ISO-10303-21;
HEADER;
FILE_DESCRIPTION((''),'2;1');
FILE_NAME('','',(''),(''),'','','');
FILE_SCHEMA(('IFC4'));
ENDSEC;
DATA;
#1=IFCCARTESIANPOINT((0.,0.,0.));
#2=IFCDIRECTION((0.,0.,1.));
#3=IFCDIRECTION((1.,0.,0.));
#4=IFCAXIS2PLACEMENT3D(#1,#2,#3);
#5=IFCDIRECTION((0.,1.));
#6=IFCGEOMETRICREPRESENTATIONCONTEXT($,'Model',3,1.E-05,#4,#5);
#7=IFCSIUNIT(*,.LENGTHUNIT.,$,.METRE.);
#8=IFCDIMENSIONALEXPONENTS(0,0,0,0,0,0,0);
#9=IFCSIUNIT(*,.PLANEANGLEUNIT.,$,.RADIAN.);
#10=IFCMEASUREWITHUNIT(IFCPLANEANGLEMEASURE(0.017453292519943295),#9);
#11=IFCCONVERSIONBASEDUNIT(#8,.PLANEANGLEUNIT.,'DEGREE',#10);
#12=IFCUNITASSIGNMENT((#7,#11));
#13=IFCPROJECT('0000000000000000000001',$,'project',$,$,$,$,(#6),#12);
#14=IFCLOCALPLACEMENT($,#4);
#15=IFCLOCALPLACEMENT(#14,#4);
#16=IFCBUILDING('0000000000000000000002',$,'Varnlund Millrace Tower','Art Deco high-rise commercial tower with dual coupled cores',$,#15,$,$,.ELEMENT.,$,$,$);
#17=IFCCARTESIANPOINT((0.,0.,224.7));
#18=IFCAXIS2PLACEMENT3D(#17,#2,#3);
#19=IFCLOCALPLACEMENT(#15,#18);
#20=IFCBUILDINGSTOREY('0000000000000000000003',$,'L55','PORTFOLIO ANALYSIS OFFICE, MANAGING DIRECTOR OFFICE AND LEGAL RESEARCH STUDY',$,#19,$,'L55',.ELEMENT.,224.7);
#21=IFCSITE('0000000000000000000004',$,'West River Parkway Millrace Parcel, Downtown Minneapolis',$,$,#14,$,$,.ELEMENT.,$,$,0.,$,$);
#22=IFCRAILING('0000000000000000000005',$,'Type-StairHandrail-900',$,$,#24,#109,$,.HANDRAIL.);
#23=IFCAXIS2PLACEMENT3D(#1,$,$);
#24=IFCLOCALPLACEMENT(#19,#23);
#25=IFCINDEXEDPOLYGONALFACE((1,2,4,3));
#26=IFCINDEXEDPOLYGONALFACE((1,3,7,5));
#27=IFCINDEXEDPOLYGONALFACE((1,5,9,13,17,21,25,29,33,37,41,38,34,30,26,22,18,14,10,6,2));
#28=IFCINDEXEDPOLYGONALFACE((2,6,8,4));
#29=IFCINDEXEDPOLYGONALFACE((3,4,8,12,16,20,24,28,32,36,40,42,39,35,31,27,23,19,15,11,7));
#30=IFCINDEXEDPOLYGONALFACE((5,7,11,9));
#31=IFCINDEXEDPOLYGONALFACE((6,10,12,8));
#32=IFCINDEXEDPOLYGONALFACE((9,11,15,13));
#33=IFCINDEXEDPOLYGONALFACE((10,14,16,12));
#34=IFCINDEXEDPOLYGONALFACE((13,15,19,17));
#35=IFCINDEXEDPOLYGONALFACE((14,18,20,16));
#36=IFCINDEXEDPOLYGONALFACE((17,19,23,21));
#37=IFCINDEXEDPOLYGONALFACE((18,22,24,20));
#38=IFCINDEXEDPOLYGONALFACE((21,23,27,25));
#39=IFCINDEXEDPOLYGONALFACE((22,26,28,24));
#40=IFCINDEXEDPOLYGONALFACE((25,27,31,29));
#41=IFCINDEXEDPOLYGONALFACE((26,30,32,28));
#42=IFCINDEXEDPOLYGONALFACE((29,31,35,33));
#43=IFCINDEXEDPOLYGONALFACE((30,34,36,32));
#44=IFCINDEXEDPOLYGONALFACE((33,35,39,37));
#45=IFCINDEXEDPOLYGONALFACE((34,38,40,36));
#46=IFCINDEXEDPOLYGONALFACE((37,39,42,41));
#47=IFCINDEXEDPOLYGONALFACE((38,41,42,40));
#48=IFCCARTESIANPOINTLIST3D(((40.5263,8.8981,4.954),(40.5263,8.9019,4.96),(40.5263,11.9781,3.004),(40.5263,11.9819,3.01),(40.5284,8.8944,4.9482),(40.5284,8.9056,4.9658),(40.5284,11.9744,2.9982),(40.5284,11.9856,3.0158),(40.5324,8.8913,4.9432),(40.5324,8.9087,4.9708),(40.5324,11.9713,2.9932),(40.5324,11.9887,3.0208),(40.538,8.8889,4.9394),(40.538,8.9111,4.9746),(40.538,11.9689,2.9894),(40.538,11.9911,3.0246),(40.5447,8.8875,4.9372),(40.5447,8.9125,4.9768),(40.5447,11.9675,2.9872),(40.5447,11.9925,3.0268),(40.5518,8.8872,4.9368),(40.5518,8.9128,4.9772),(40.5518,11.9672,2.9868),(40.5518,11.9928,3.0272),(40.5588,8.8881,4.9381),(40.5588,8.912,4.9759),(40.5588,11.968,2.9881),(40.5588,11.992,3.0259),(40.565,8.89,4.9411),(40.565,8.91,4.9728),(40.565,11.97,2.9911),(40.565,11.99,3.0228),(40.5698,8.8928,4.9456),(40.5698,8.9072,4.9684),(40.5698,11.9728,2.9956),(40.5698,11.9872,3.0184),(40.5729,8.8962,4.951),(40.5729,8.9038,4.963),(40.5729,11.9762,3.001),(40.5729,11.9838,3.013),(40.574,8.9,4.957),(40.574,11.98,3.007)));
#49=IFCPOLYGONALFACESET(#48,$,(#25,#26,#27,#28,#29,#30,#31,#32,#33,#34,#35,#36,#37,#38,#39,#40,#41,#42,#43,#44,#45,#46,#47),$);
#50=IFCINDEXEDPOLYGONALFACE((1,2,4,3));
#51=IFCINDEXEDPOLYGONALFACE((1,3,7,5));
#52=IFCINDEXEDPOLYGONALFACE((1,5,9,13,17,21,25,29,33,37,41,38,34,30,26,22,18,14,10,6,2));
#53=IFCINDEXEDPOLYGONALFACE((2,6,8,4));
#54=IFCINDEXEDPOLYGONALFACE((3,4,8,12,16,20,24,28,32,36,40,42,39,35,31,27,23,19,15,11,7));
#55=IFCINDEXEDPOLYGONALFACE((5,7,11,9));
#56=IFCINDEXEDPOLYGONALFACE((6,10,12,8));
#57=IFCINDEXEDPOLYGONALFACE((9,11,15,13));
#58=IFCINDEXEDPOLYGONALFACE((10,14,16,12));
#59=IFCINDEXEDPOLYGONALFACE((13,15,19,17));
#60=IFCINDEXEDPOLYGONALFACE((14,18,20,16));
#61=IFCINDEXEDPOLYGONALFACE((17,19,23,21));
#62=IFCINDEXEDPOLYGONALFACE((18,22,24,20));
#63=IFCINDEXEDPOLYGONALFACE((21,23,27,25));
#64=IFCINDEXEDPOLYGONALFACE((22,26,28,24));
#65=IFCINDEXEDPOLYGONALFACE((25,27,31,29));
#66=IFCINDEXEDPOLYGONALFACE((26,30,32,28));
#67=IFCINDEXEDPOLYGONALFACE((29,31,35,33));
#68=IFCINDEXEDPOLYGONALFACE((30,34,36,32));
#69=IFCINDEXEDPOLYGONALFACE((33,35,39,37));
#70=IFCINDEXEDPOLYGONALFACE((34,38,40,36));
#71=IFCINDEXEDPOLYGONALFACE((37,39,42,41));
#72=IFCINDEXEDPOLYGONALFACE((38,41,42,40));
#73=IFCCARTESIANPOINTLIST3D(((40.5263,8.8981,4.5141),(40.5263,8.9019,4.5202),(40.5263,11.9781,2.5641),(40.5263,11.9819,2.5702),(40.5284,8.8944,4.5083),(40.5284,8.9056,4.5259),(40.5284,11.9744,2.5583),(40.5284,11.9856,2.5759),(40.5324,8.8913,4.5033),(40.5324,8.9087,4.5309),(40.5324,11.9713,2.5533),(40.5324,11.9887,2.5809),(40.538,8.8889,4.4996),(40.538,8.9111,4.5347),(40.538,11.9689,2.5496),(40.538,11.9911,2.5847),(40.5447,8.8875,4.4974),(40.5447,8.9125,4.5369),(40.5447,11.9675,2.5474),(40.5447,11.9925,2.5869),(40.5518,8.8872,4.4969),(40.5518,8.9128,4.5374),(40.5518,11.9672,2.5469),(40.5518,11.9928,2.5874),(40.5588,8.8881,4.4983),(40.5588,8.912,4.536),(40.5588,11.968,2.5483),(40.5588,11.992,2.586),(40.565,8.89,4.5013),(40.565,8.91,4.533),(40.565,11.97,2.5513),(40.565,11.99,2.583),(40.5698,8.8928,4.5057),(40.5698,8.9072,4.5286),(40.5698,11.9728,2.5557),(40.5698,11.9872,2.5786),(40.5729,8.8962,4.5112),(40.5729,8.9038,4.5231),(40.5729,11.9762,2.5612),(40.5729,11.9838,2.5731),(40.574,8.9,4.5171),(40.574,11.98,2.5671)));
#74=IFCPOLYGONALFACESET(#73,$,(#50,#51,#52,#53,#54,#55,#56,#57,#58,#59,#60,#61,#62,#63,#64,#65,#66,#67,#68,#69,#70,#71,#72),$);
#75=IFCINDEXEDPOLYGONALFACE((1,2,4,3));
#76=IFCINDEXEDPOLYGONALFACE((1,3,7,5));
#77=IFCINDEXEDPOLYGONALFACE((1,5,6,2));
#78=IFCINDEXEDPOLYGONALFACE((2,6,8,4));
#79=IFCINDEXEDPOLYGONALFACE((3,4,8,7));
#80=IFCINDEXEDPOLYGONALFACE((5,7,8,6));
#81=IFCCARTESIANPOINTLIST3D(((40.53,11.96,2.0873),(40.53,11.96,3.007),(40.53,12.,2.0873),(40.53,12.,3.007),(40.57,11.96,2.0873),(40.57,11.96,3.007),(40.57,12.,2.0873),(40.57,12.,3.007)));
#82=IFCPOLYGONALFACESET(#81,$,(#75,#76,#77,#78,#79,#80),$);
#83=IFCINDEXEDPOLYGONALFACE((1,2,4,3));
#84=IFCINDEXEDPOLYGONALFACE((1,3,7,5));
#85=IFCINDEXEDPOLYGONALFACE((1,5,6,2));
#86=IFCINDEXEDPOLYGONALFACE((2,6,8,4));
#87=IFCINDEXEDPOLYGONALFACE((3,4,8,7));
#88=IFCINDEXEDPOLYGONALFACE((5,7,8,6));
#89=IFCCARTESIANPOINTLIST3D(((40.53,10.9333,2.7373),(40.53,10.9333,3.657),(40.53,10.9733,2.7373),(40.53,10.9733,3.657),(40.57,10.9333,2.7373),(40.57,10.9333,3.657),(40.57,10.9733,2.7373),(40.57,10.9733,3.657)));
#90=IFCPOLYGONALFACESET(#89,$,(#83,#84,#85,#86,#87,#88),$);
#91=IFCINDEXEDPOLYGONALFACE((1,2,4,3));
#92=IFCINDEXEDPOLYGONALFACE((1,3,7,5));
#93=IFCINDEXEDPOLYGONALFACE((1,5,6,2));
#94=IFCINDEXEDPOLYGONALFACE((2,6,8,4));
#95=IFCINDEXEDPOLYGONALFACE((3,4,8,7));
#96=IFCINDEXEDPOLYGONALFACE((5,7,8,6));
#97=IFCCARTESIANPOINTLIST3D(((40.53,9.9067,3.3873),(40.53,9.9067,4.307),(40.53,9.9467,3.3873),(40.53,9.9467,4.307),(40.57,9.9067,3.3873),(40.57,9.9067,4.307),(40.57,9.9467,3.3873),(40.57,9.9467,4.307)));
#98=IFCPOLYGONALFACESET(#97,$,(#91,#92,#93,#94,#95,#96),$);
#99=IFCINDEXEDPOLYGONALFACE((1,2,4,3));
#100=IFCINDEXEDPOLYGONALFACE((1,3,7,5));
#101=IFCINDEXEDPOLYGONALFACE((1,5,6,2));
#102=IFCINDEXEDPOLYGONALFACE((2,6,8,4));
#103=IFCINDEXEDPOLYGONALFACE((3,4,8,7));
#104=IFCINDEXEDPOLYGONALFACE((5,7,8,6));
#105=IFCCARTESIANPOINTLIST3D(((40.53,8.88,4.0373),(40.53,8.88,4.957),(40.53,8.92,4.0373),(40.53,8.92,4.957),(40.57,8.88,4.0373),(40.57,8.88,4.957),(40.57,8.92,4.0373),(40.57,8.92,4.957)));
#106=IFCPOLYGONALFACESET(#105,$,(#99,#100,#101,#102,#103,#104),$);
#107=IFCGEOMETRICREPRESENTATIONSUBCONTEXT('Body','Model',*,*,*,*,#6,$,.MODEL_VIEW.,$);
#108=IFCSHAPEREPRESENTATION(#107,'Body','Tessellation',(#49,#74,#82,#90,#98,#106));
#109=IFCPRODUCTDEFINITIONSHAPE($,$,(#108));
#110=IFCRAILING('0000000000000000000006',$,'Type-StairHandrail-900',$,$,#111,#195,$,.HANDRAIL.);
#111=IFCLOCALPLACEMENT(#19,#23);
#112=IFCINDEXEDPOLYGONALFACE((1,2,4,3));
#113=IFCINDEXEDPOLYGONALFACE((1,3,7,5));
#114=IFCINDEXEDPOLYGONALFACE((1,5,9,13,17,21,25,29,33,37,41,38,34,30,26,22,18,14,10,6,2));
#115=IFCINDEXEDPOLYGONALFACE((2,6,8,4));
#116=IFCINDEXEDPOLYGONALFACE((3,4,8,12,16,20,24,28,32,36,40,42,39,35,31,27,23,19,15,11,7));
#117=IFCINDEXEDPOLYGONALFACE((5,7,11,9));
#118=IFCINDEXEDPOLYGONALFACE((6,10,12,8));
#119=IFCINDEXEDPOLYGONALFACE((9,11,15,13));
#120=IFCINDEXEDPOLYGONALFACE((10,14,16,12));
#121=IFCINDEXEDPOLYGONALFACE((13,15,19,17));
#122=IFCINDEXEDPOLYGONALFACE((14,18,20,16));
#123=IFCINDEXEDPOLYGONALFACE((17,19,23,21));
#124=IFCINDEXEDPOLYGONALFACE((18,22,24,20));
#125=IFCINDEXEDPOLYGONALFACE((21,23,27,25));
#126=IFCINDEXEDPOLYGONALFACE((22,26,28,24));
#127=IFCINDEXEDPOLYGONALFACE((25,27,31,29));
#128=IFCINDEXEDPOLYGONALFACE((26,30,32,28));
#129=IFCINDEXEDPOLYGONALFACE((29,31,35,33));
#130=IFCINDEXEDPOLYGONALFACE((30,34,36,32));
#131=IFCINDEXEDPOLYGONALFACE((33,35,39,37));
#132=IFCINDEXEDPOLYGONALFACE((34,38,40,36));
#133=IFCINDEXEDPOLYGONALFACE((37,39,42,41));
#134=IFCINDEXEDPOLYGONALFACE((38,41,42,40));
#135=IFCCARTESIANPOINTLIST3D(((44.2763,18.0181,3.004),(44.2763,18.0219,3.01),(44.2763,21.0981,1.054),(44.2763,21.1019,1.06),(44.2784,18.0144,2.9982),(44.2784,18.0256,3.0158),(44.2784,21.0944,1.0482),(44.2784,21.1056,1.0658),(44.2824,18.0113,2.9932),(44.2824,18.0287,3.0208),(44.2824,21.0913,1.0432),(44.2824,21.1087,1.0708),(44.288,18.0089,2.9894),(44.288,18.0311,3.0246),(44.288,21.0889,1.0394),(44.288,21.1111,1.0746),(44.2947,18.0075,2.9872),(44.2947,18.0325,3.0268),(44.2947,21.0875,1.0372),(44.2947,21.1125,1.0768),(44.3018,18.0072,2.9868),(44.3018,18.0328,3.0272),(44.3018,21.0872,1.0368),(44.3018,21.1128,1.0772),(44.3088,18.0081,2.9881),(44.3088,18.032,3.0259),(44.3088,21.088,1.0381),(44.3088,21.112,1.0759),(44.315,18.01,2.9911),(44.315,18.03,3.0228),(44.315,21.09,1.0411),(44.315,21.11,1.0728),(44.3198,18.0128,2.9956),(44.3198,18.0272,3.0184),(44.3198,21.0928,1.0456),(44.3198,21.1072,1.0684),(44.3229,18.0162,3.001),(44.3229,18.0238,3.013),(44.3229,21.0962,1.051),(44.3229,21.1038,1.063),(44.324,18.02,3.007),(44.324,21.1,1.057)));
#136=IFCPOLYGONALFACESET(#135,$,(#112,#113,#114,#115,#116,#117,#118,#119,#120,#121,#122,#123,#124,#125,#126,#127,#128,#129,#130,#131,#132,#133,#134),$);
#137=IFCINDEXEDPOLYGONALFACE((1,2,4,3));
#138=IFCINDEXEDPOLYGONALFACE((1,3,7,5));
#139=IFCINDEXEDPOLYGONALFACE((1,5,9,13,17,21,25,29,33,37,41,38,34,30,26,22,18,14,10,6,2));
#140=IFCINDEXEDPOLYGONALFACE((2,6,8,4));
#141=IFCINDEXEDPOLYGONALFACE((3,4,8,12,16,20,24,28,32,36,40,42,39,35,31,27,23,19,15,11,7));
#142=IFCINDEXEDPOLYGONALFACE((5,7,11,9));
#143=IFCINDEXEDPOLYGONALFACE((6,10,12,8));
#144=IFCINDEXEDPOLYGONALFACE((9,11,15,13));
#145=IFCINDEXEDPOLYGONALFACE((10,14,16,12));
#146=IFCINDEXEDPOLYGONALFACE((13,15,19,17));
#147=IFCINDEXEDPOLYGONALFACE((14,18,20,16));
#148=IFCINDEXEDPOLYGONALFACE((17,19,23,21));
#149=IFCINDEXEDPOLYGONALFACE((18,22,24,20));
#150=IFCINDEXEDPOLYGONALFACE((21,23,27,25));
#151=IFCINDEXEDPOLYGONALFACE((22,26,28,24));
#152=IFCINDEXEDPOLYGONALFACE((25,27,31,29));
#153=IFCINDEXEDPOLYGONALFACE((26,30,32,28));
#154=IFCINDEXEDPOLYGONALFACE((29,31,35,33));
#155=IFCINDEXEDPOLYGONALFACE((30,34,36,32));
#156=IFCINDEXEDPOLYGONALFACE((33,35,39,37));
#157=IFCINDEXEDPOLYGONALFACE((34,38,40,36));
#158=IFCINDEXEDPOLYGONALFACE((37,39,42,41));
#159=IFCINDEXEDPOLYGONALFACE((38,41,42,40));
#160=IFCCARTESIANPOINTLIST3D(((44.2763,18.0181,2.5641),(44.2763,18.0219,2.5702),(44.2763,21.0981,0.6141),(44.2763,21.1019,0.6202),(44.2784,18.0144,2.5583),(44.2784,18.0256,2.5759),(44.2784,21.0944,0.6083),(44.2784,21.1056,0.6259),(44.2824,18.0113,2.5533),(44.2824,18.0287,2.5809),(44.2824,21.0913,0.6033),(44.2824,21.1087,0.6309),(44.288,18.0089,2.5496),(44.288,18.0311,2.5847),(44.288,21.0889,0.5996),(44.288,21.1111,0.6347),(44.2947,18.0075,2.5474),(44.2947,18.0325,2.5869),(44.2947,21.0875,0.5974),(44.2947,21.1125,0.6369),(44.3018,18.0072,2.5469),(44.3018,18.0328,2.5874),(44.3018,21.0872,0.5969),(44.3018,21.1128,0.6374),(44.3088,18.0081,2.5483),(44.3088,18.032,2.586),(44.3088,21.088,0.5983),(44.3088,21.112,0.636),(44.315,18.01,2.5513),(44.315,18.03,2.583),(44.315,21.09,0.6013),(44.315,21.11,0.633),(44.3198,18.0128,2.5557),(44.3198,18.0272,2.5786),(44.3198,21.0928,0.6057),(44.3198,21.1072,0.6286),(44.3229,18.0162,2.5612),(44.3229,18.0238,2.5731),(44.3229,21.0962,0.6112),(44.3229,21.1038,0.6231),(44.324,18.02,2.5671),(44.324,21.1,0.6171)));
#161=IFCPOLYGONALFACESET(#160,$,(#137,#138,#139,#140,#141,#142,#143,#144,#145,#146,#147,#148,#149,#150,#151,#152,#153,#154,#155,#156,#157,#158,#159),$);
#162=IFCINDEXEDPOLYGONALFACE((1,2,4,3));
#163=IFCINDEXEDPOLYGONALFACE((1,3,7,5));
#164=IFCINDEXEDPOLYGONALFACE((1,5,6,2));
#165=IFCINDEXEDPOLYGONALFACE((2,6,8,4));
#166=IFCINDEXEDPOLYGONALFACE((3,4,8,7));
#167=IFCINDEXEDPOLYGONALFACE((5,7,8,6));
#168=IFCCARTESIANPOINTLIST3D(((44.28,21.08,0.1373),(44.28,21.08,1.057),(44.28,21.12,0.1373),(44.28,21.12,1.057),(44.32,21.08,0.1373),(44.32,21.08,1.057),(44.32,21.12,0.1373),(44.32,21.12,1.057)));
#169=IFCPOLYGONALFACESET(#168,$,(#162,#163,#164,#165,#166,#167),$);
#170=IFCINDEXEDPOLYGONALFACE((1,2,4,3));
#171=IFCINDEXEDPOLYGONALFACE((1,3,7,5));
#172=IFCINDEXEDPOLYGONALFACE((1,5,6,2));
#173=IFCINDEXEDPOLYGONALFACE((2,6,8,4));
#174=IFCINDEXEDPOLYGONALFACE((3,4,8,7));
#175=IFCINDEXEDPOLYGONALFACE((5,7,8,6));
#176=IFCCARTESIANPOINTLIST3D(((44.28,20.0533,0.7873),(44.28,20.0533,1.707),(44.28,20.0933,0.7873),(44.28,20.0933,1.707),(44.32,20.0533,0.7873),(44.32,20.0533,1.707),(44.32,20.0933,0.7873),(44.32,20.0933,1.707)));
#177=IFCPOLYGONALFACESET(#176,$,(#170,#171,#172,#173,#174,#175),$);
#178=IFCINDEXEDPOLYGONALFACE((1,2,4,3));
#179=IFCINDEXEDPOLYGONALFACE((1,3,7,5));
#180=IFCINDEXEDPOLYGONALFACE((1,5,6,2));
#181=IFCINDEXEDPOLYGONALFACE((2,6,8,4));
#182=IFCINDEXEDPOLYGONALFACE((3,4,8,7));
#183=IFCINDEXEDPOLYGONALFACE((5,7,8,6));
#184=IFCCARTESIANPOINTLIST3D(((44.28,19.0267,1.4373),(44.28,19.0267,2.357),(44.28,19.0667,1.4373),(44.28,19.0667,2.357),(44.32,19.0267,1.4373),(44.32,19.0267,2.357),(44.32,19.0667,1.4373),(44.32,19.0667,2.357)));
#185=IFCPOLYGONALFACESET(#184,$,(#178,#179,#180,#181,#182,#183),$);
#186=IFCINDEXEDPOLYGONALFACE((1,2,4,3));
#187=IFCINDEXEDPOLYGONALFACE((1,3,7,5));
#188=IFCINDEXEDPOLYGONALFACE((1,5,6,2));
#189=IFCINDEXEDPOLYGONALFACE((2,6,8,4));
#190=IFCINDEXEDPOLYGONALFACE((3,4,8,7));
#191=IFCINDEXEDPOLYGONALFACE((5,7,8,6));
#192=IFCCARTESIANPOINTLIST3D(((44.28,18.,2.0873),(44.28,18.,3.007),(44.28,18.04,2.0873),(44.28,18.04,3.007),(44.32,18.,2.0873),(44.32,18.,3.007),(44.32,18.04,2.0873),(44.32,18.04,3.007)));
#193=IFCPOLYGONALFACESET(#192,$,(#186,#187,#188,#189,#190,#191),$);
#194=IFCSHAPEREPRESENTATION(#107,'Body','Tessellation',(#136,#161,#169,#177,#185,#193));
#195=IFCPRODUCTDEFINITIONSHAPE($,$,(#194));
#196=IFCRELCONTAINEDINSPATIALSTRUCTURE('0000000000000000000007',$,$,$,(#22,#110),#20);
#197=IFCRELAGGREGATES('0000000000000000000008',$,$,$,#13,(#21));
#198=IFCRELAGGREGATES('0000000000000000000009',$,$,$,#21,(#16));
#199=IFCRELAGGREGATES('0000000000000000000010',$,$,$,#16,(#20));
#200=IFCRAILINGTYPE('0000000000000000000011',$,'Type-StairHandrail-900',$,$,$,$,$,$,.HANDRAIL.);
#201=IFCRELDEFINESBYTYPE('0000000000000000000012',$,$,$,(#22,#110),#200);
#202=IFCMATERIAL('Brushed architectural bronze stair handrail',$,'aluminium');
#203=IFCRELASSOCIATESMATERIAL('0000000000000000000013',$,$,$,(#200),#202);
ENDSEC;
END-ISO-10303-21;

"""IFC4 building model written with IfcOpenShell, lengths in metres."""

from ifc_helpers import new_model, entity, si_unit, converted_unit, direction, frame, origin_with_axes, origin_2d_with_axis, place, context, subcontext, project, spatial, rectangle, circle, extrude, material, type_object, element, save


model = new_model("IFC4")

# Units and contexts
model_context = context("Model", 3, precision=1e-05, world=origin_with_axes(), true_north=direction((0.0, 1.0)))
body_context = subcontext(model_context, "Body", "Model", "MODEL_VIEW")
ifc_project = project(units=[si_unit("LENGTHUNIT", "METRE"), converted_unit("PLANEANGLEUNIT", "DEGREE", entity("IfcPlaneAngleMeasure", 0.017453292519943295), si_unit("PLANEANGLEUNIT", "RADIAN"), dimensions=[0, 0, 0, 0, 0, 0, 0])], contexts=[model_context])

# Site, building, storey
site_placement = place(None, origin_with_axes())
site = spatial("IfcSite", under=ifc_project, at=site_placement, Name="West River Parkway Millrace Parcel, Downtown Minneapolis", CompositionType="ELEMENT", RefElevation=0.0)
building_placement = place(site_placement, origin_with_axes())
building = spatial("IfcBuilding", under=site, at=building_placement, Name="Varnlund Millrace Tower", Description="Art Deco high-rise commercial tower with dual coupled cores", CompositionType="ELEMENT")
storey_placement = place(building_placement, frame((0.0, 0.0, 224.7), z_axis=(0.0, 0.0, 1.0), x_axis=(1.0, 0.0, 0.0)))
storey = spatial("IfcBuildingStorey", under=building, at=storey_placement, Name="L55", Description="PORTFOLIO ANALYSIS OFFICE, MANAGING DIRECTOR OFFICE AND LEGAL RESEARCH STUDY", LongName="L55", CompositionType="ELEMENT", Elevation=224.7)

# Railings
ifc_material_1 = material(Name="Brushed architectural bronze stair handrail", Category="aluminium")
railing_type_1 = type_object("IfcRailingType", Name="Type-StairHandrail-900", PredefinedType="HANDRAIL", material=ifc_material_1)
railing_1_placement = place(storey_placement, frame((0.0, 0.0, -224.7), z_axis=(0.0, 0.0, 1.0), x_axis=(1.0, 0.0, 0.0)))
element("IfcRailing", 1, at=railing_1_placement, inside=storey, type_object=railing_type_1, Name="Type-StairHandrail-900", PredefinedType="HANDRAIL", context=body_context, shape_type="SweptSolid", body=[
    extrude(circle(Radius=0.024, at=origin_2d_with_axis()), frame((40.55, 11.98, 227.707), z_axis=(0.0, -0.844902, 0.534922), x_axis=(1.0, 0.0, 0.0)), (0.0, 0.0, 1.0), 3.6454),
    extrude(circle(Radius=0.024, at=origin_2d_with_axis()), frame((40.55, 11.98, 227.2671), z_axis=(0.0, -0.844902, 0.534922), x_axis=(1.0, 0.0, 0.0)), (0.0, 0.0, 1.0), 3.6454),
    extrude(rectangle(XDim=0.04, YDim=0.04, at=origin_2d_with_axis()), frame((40.55, 11.98, 226.7873), z_axis=(0.0, 0.0, 1.0), x_axis=(1.0, 0.0, 0.0)), (0.0, 0.0, 1.0), 0.9197),
    extrude(rectangle(XDim=0.04, YDim=0.04, at=origin_2d_with_axis()), frame((40.55, 10.9533, 227.4373), z_axis=(0.0, 0.0, 1.0), x_axis=(1.0, 0.0, 0.0)), (0.0, 0.0, 1.0), 0.9197),
    extrude(rectangle(XDim=0.04, YDim=0.04, at=origin_2d_with_axis()), frame((40.55, 9.9267, 228.0873), z_axis=(0.0, 0.0, 1.0), x_axis=(1.0, 0.0, 0.0)), (0.0, 0.0, 1.0), 0.9197),
    extrude(rectangle(XDim=0.04, YDim=0.04, at=origin_2d_with_axis()), frame((40.55, 8.9, 228.7373), z_axis=(0.0, 0.0, 1.0), x_axis=(1.0, 0.0, 0.0)), (0.0, 0.0, 1.0), 0.9197),
])
railing_2_placement = place(storey_placement, frame((0.0, 0.0, -224.7), z_axis=(0.0, 0.0, 1.0), x_axis=(1.0, 0.0, 0.0)))
element("IfcRailing", 2, at=railing_2_placement, inside=storey, type_object=railing_type_1, Name="Type-StairHandrail-900", PredefinedType="HANDRAIL", context=body_context, shape_type="SweptSolid", body=[
    extrude(circle(Radius=0.024, at=origin_2d_with_axis()), frame((44.3, 21.1, 225.757), z_axis=(0.0, -0.844902, 0.534922), x_axis=(1.0, 0.0, 0.0)), (0.0, 0.0, 1.0), 3.6454),
    extrude(circle(Radius=0.024, at=origin_2d_with_axis()), frame((44.3, 21.1, 225.3171), z_axis=(0.0, -0.844902, 0.534922), x_axis=(1.0, 0.0, 0.0)), (0.0, 0.0, 1.0), 3.6454),
    extrude(rectangle(XDim=0.04, YDim=0.04, at=origin_2d_with_axis()), frame((44.3, 21.1, 224.8373), z_axis=(0.0, 0.0, 1.0), x_axis=(1.0, 0.0, 0.0)), (0.0, 0.0, 1.0), 0.9197),
    extrude(rectangle(XDim=0.04, YDim=0.04, at=origin_2d_with_axis()), frame((44.3, 20.0733, 225.4873), z_axis=(0.0, 0.0, 1.0), x_axis=(1.0, 0.0, 0.0)), (0.0, 0.0, 1.0), 0.9197),
    extrude(rectangle(XDim=0.04, YDim=0.04, at=origin_2d_with_axis()), frame((44.3, 19.0467, 226.1373), z_axis=(0.0, 0.0, 1.0), x_axis=(1.0, 0.0, 0.0)), (0.0, 0.0, 1.0), 0.9197),
    extrude(rectangle(XDim=0.04, YDim=0.04, at=origin_2d_with_axis()), frame((44.3, 18.02, 226.7873), z_axis=(0.0, 0.0, 1.0), x_axis=(1.0, 0.0, 0.0)), (0.0, 0.0, 1.0), 0.9197),
])

save(model, "model.ifc")
